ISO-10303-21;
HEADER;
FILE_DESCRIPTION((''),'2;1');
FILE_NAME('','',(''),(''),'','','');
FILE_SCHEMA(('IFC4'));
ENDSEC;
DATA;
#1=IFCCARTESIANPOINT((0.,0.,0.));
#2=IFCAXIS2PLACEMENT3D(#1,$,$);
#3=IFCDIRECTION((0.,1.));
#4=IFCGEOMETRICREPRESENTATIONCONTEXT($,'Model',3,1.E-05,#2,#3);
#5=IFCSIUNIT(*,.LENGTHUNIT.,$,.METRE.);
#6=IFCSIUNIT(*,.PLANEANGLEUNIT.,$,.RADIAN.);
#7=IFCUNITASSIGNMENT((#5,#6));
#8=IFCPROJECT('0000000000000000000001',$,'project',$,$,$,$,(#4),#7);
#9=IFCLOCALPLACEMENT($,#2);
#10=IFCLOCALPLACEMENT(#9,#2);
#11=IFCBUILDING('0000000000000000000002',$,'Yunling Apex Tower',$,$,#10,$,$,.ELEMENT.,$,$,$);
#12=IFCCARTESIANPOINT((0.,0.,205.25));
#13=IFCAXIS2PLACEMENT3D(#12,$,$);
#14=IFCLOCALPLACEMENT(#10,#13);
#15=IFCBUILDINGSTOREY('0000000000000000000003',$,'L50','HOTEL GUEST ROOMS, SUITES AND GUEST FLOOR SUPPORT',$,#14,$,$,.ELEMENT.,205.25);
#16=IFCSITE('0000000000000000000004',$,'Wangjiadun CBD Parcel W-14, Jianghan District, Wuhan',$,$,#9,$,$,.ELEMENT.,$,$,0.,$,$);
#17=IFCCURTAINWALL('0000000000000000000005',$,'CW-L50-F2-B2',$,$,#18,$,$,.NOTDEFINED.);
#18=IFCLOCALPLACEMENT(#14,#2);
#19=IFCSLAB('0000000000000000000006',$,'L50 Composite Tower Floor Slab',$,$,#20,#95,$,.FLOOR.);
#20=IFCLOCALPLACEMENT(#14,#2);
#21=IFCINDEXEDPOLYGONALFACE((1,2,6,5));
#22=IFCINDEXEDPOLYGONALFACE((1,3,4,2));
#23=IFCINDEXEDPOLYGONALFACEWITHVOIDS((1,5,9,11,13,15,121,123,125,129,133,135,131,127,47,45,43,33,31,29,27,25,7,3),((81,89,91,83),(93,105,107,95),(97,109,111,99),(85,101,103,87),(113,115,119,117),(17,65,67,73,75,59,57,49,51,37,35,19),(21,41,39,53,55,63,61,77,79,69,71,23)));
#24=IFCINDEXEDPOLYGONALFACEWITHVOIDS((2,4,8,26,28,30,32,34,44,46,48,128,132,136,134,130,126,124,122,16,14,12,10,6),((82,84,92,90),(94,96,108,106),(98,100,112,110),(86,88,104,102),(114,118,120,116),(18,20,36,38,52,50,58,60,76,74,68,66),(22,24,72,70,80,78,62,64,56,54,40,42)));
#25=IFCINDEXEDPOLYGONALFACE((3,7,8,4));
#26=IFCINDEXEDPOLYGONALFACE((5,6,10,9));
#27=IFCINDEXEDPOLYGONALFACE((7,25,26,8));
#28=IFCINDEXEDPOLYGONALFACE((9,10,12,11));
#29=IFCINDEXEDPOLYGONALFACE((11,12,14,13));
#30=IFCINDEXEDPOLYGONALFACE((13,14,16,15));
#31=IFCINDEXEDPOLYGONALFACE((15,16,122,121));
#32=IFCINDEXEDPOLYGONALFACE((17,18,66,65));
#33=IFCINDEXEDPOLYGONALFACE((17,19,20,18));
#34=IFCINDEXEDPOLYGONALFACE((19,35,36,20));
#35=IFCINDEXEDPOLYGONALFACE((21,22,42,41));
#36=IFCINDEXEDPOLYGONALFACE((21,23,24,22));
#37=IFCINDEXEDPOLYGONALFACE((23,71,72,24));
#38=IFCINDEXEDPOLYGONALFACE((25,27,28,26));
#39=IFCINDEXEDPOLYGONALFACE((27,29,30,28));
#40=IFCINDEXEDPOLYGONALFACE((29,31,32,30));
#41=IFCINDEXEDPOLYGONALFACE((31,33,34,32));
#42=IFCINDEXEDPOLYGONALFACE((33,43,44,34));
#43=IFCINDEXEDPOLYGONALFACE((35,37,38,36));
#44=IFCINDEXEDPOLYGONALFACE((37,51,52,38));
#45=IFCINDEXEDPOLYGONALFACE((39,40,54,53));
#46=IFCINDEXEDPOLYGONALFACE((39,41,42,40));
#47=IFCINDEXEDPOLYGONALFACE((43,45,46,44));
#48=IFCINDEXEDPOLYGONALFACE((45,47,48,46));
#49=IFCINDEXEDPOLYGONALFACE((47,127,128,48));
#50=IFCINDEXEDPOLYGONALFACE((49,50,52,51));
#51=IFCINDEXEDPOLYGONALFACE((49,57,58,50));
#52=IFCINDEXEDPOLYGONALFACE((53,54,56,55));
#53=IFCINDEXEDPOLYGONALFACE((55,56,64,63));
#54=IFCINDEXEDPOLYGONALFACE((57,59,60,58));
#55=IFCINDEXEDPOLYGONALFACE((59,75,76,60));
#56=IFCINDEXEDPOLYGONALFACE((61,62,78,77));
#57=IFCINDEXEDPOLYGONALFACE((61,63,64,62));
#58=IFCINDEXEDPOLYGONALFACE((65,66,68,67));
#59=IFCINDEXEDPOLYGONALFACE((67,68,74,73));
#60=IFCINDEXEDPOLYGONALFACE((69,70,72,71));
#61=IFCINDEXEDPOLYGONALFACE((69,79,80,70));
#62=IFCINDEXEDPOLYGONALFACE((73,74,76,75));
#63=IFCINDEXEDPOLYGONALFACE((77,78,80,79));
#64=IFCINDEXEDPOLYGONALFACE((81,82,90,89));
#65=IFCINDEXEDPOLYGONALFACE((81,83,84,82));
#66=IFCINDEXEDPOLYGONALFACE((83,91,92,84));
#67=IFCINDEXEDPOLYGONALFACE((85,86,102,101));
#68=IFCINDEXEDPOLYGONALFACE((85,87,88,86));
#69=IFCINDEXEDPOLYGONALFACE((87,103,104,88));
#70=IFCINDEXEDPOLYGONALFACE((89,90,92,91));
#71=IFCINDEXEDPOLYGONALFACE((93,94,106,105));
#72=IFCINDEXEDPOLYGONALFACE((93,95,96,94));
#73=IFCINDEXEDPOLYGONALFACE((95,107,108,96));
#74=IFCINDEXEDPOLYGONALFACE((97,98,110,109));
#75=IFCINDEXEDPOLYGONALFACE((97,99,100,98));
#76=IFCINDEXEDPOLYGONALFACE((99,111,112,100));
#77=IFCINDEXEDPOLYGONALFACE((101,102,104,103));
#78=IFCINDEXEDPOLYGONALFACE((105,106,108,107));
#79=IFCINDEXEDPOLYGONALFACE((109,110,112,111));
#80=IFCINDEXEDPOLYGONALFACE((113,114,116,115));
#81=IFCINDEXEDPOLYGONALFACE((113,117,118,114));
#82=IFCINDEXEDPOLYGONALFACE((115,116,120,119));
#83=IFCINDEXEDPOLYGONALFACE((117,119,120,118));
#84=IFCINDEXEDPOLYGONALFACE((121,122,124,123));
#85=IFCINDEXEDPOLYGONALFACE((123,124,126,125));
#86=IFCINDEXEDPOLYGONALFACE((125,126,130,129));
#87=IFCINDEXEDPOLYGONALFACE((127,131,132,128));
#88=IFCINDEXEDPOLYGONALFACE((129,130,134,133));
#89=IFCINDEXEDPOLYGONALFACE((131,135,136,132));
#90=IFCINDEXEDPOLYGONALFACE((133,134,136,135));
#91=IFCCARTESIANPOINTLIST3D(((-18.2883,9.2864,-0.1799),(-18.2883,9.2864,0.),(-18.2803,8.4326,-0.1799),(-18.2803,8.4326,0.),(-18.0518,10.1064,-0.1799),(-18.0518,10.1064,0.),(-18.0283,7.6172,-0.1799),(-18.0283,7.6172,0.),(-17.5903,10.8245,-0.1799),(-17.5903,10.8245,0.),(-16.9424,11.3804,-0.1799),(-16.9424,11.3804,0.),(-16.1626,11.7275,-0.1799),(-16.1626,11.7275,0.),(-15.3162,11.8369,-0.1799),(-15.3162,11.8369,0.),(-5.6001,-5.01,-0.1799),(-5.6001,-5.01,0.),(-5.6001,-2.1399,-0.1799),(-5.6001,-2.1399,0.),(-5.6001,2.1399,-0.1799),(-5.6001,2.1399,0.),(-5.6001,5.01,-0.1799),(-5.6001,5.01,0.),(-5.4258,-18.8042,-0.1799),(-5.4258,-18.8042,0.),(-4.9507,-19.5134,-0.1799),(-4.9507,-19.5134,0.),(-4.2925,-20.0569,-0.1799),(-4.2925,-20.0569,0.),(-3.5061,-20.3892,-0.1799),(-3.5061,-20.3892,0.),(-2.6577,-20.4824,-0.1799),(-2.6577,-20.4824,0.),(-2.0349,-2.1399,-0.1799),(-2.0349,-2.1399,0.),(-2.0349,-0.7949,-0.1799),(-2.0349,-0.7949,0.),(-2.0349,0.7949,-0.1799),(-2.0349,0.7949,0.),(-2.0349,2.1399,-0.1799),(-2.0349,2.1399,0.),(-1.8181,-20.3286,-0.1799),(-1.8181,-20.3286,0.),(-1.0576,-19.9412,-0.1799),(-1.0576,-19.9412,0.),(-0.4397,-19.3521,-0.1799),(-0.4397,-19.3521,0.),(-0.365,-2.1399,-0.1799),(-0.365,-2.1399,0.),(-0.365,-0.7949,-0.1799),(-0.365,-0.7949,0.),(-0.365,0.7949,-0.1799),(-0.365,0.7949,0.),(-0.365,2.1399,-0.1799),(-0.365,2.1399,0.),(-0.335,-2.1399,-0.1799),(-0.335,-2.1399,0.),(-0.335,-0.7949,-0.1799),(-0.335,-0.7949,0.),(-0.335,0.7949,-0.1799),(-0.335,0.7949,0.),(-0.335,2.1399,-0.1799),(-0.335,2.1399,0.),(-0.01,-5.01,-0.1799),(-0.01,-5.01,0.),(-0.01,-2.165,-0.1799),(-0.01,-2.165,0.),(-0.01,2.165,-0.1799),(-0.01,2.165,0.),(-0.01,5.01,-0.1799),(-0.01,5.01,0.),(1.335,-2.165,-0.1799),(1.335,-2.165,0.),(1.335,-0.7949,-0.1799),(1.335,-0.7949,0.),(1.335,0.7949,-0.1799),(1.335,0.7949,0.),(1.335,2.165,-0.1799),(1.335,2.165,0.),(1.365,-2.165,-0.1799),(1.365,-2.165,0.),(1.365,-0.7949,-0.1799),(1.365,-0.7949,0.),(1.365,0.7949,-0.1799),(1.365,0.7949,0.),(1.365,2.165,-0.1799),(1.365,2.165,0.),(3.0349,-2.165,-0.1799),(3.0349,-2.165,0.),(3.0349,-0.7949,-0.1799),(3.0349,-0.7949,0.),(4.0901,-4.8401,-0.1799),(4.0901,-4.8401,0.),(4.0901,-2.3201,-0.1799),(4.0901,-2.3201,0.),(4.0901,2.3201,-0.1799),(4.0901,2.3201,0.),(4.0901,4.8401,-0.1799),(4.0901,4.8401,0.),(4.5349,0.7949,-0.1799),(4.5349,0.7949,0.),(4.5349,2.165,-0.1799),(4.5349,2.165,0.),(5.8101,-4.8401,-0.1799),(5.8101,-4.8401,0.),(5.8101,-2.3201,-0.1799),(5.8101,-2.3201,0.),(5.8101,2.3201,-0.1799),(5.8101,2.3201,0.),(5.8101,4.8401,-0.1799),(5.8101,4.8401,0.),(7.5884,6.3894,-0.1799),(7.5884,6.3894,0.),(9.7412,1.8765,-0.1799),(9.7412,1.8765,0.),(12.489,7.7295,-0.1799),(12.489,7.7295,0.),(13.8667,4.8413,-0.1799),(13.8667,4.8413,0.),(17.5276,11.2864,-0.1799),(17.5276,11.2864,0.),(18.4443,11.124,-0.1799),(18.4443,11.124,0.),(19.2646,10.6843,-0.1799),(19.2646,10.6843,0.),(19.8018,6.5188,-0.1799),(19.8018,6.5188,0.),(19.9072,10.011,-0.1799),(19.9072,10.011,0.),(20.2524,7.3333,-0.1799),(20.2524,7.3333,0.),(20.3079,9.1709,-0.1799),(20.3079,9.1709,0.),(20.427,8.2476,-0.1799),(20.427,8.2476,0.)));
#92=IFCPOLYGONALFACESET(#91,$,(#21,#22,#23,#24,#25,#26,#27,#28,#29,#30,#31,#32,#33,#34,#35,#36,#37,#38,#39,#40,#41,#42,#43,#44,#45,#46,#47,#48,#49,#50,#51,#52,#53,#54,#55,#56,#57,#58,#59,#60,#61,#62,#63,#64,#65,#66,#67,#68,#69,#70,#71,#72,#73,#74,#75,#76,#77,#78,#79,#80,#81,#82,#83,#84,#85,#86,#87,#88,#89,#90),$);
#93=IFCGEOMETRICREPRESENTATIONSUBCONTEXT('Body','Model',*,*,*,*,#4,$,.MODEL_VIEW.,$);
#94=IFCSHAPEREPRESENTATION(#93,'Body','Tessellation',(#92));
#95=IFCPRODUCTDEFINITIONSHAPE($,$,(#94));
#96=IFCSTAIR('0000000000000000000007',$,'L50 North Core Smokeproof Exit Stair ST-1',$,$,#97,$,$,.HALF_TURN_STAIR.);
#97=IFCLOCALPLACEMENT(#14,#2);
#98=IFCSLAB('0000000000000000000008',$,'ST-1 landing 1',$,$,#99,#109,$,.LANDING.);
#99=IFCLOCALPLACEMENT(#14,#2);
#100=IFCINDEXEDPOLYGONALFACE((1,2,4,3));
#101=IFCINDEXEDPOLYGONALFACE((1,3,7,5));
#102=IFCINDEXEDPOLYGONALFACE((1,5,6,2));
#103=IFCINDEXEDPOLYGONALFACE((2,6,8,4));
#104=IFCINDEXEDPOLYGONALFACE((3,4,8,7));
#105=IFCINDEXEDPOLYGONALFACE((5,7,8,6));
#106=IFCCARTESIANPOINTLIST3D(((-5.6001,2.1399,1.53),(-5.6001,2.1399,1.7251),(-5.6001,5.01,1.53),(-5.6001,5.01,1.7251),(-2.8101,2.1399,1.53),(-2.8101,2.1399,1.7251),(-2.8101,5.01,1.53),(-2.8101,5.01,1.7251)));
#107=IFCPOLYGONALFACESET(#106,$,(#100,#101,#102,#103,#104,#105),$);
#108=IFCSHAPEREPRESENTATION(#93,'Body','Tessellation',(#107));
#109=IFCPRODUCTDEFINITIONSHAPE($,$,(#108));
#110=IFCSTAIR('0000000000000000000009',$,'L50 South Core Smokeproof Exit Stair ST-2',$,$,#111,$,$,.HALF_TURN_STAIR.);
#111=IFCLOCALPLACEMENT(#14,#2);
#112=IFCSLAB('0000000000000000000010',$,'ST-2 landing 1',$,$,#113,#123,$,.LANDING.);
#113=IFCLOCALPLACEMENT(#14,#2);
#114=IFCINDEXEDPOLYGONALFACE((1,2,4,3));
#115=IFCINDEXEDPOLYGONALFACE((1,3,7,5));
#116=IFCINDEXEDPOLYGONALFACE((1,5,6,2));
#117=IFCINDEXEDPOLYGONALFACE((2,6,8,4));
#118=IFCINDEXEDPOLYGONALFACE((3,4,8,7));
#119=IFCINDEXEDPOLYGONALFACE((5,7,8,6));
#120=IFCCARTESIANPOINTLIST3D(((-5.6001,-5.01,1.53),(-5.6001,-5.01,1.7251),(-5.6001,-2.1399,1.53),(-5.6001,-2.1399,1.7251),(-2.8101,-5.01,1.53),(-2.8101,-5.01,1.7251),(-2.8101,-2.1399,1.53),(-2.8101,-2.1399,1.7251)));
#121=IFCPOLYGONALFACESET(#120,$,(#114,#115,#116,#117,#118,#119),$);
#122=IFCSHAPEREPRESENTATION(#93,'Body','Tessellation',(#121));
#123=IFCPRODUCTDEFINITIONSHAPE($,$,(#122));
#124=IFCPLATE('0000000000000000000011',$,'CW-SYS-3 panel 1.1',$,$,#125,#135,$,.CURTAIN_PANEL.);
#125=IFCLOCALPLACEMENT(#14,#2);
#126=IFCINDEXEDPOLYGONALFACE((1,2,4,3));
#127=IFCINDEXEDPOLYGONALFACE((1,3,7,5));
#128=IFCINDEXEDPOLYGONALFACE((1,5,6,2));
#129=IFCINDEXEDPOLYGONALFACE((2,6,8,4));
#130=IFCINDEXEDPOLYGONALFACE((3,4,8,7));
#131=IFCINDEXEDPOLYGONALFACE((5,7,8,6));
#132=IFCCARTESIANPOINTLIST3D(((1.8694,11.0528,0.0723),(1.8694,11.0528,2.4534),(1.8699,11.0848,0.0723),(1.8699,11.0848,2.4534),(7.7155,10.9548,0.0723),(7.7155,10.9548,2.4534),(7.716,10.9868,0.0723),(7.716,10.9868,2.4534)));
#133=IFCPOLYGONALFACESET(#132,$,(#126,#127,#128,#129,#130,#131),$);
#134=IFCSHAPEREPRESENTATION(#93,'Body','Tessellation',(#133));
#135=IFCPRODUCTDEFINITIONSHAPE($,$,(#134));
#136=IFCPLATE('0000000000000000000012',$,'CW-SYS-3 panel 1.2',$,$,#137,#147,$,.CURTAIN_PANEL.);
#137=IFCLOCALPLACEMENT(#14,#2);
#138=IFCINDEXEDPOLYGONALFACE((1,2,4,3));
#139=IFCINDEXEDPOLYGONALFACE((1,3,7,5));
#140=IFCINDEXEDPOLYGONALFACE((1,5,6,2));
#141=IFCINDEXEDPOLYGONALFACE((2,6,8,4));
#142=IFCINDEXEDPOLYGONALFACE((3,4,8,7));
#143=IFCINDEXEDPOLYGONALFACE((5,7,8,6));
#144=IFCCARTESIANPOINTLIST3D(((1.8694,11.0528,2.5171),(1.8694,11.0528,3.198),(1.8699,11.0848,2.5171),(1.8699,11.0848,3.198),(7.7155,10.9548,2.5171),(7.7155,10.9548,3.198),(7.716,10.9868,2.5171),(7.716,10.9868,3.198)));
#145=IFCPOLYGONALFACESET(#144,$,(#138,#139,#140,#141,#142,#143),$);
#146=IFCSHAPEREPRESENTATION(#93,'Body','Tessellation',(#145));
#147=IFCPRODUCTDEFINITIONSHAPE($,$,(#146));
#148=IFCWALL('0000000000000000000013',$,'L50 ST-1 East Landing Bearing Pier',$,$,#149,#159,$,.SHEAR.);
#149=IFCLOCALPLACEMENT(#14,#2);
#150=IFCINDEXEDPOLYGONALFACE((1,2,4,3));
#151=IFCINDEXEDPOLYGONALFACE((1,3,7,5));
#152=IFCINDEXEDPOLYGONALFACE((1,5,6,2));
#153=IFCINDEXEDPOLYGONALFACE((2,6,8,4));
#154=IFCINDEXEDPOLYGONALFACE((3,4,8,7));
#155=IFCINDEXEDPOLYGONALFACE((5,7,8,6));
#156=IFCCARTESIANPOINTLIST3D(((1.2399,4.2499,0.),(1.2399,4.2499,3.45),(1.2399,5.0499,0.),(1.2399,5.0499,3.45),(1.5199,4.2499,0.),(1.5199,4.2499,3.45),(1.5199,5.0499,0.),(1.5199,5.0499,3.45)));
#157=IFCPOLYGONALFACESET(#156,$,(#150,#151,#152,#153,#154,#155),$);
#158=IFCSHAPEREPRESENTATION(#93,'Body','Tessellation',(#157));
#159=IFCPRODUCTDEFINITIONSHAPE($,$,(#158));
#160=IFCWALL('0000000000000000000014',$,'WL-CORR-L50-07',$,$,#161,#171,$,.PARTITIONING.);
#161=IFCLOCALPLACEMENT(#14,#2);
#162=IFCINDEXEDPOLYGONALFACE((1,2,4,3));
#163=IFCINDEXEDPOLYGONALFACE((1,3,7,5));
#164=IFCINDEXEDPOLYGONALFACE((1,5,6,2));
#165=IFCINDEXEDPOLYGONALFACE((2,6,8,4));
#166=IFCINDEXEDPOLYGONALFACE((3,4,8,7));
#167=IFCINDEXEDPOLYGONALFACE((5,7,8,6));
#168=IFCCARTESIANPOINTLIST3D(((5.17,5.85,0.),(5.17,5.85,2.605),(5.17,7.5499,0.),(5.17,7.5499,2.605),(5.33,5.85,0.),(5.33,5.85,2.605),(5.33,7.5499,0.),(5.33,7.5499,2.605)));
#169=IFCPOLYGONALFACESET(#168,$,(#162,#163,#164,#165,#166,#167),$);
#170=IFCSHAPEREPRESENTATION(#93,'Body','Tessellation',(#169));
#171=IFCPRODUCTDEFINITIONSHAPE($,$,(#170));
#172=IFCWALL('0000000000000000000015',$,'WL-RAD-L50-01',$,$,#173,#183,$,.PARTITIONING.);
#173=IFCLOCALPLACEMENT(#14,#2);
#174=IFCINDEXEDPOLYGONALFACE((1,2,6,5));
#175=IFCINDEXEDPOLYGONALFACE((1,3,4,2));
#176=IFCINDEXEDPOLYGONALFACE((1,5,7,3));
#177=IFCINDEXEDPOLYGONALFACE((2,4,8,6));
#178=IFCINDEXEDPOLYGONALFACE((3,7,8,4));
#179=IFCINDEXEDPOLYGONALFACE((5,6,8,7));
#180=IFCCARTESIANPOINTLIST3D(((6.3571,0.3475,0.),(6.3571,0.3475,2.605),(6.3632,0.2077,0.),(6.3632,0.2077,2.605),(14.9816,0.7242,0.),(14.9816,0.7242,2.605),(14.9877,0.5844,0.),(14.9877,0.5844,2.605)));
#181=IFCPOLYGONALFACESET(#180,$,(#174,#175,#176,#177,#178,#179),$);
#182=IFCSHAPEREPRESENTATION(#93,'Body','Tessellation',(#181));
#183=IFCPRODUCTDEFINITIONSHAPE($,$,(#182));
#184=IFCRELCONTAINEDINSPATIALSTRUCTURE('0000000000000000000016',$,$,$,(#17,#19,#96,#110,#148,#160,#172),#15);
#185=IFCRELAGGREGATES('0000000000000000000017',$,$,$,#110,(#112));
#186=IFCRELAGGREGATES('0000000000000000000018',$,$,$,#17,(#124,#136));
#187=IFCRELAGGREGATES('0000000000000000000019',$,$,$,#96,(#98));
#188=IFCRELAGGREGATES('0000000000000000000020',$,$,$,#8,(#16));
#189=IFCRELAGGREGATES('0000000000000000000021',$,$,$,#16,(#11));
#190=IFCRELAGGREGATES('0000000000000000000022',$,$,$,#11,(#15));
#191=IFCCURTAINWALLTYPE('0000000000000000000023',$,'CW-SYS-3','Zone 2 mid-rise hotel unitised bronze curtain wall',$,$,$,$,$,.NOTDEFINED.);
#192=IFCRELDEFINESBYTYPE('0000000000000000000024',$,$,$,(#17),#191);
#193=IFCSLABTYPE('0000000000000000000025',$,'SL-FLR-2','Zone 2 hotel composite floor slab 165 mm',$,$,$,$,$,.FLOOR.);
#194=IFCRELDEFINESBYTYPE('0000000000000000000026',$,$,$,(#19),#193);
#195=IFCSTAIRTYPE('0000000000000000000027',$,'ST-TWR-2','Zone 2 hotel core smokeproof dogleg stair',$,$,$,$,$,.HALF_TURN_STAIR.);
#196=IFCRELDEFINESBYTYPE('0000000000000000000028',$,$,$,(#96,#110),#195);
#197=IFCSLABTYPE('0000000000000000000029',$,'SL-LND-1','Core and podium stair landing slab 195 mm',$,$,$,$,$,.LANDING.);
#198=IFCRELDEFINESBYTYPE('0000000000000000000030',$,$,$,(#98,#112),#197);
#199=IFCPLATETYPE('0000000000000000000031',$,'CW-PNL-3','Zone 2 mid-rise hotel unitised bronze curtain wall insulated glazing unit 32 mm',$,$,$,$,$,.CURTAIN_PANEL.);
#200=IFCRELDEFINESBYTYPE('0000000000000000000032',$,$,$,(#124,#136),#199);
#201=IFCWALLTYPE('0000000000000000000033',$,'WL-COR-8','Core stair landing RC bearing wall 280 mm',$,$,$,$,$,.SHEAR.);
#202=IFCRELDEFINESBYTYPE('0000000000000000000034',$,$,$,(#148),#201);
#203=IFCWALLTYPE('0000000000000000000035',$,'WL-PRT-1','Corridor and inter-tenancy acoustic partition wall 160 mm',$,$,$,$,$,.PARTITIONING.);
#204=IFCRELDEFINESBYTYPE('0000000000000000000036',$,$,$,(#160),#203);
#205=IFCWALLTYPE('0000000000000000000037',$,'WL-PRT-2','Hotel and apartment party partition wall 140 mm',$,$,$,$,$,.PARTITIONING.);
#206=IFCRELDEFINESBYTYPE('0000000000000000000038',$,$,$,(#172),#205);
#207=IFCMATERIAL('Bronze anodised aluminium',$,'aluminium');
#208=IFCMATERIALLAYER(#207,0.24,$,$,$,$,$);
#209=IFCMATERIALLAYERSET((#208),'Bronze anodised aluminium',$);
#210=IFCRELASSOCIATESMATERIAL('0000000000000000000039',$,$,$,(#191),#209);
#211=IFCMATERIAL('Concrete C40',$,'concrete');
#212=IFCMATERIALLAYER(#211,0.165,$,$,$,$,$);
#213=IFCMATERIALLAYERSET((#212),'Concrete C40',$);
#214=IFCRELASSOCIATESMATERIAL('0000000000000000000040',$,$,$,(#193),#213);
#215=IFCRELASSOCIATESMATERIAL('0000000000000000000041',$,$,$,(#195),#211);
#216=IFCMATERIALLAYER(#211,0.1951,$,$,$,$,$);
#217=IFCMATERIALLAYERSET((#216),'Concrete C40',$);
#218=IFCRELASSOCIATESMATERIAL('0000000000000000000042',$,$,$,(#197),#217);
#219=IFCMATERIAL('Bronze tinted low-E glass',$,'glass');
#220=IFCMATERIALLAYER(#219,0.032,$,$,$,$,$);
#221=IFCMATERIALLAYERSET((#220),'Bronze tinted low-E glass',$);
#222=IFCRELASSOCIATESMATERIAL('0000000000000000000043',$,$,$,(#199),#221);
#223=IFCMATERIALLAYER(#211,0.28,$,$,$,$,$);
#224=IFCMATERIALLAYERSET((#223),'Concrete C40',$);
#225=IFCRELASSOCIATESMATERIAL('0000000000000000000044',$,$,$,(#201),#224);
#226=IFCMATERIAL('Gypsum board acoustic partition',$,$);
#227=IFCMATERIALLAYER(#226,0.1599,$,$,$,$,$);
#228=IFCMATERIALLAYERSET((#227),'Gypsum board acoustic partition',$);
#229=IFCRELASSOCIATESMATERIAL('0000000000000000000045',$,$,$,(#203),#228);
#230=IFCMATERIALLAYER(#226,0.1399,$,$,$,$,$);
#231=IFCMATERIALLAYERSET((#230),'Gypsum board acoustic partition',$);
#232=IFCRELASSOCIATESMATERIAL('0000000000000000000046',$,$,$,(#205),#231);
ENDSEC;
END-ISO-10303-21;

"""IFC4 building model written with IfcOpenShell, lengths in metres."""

from ifc_helpers import new_model, si_unit, direction, frame, frame_2d, origin, origin_2d, place, context, subcontext, project, spatial, polyline, rectangle, outline, extrude, source, transform, mapped, material, layer, layer_set, type_object, element, aggregate, save


model = new_model("IFC4")

# Units and contexts
model_context = context("Model", 3, precision=1e-05, world=origin(), true_north=direction((0.0, 1.0)))
body_context = subcontext(model_context, "Body", "Model", "MODEL_VIEW")
ifc_project = project(units=[si_unit("LENGTHUNIT", "METRE"), si_unit("PLANEANGLEUNIT", "RADIAN")], contexts=[model_context])

# Site, building, storey
site_placement = place(None, origin())
site = spatial("IfcSite", under=ifc_project, at=site_placement, Name="Wangjiadun CBD Parcel W-14, Jianghan District, Wuhan", CompositionType="ELEMENT", RefElevation=0.0)
building_placement = place(site_placement, origin())
building = spatial("IfcBuilding", under=site, at=building_placement, Name="Yunling Apex Tower", CompositionType="ELEMENT")
storey_placement = place(building_placement, frame((0.0, 0.0, 205.25)))
storey = spatial("IfcBuildingStorey", under=building, at=storey_placement, Name="L50", Description="HOTEL GUEST ROOMS, SUITES AND GUEST FLOOR SUPPORT", CompositionType="ELEMENT", Elevation=205.25)

# Curtain wall
ifc_material_1 = material(Name="Bronze anodised aluminium", Category="aluminium")
ifc_layer_1 = layer(ifc_material_1, 0.24)
ifc_layer_set_1 = layer_set([ifc_layer_1], Name="Bronze anodised aluminium")
curtain_wall_type = type_object("IfcCurtainWallType", Name="CW-SYS-3", Description="Zone 2 mid-rise hotel unitised bronze curtain wall", PredefinedType="NOTDEFINED", material=ifc_layer_set_1)
curtain_wall_1_placement = place(storey_placement, origin())
curtain_wall_1 = element("IfcCurtainWall", 1, at=curtain_wall_1_placement, inside=storey, type_object=curtain_wall_type, Name="CW-L50-F2-B2", PredefinedType="NOTDEFINED")

# Slab
ifc_material_2 = material(Name="Concrete C40", Category="concrete")
ifc_layer_2 = layer(ifc_material_2, 0.165)
ifc_layer_set_2 = layer_set([ifc_layer_2], Name="Concrete C40")
slab_type_1 = type_object("IfcSlabType", Name="SL-FLR-2", Description="Zone 2 hotel composite floor slab 165 mm", PredefinedType="FLOOR", material=ifc_layer_set_2)
slab_1_placement = place(storey_placement, frame((0.0, 0.0, -0.1799)))
element("IfcSlab", 2, at=slab_1_placement, inside=storey, type_object=slab_type_1, Name="L50 Composite Tower Floor Slab", PredefinedType="FLOOR", context=body_context, shape_type="SweptSolid", body=[
    extrude(outline(polyline([(-5.4258, -18.8042), (-4.9507, -19.5134), (-4.2925, -20.0569), (-3.5061, -20.3892), (-2.6577, -20.4824), (-1.8181, -20.3286), (-1.0576, -19.9412), (-0.4397, -19.3521), (19.8018, 6.5188), (20.2524, 7.3333), (20.427, 8.2476), (20.3079, 9.1709), (19.9072, 10.011), (19.2646, 10.6843), (18.4443, 11.124), (17.5276, 11.2864), (-15.3162, 11.8369), (-16.1626, 11.7275), (-16.9424, 11.3804), (-17.5903, 10.8245), (-18.0518, 10.1064), (-18.2883, 9.2864), (-18.2803, 8.4326), (-18.0283, 7.6172), (-5.4258, -18.8042)]), holes=[polyline([(12.489, 7.7295), (13.8667, 4.8413), (9.7412, 1.8765), (7.5884, 6.3894), (12.489, 7.7295)]), polyline([(4.0901, -2.3201), (5.8101, -2.3201), (5.8101, -4.8401), (4.0901, -4.8401), (4.0901, -2.3201)]), polyline([(5.8101, 4.8401), (5.8101, 2.3201), (4.0901, 2.3201), (4.0901, 4.8401), (5.8101, 4.8401)]), polyline([(1.365, 2.165), (4.5349, 2.165), (4.5349, 0.7949), (1.365, 0.7949), (1.365, 2.165)]), polyline([(3.0349, -0.7949), (3.0349, -2.165), (1.365, -2.165), (1.365, -0.7949), (3.0349, -0.7949)]), polyline([(-2.0349, -0.7949), (-0.365, -0.7949), (-0.365, -2.1399), (-0.335, -2.1399), (-0.335, -0.7949), (1.335, -0.7949), (1.335, -2.165), (-0.01, -2.165), (-0.01, -5.01), (-5.6001, -5.01), (-5.6001, -2.1399), (-2.0349, -2.1399), (-2.0349, -0.7949)]), polyline([(-5.6001, 2.1399), (-5.6001, 5.01), (-0.01, 5.01), (-0.01, 2.165), (1.335, 2.165), (1.335, 0.7949), (-0.335, 0.7949), (-0.335, 2.1399), (-0.365, 2.1399), (-0.365, 0.7949), (-2.0349, 0.7949), (-2.0349, 2.1399), (-5.6001, 2.1399)])]), origin(), (0.0, 0.0, 1.0), 0.1799),
])

# Stairs, slabs
stair_type = type_object("IfcStairType", Name="ST-TWR-2", Description="Zone 2 hotel core smokeproof dogleg stair", PredefinedType="HALF_TURN_STAIR", material=ifc_material_2)
stair_1_placement = place(storey_placement, origin())
stair_1 = element("IfcStair", 3, at=stair_1_placement, inside=storey, type_object=stair_type, Name="L50 North Core Smokeproof Exit Stair ST-1", PredefinedType="HALF_TURN_STAIR")
ifc_layer_3 = layer(ifc_material_2, 0.1951)
ifc_layer_set_3 = layer_set([ifc_layer_3], Name="Concrete C40")
slab_type_2 = type_object("IfcSlabType", Name="SL-LND-1", Description="Core and podium stair landing slab 195 mm", PredefinedType="LANDING", material=ifc_layer_set_3)
slab_2_placement = place(storey_placement, frame((0.0, 0.0, 1.53)))
slab_2 = element("IfcSlab", 4, at=slab_2_placement, type_object=slab_type_2, Name="ST-1 landing 1", PredefinedType="LANDING", context=body_context, shape_type="SweptSolid", body=[
    extrude(outline(polyline([(-2.8101, 5.01), (-5.6001, 5.01), (-5.6001, 2.1399), (-2.8101, 2.1399), (-2.8101, 5.01)])), origin(), (0.0, 0.0, 1.0), 0.1951),
])
stair_2_placement = place(storey_placement, origin())
stair_2 = element("IfcStair", 5, at=stair_2_placement, inside=storey, type_object=stair_type, Name="L50 South Core Smokeproof Exit Stair ST-2", PredefinedType="HALF_TURN_STAIR")
slab_3_placement = place(storey_placement, frame((0.0, 0.0, 1.53)))
slab_3 = element("IfcSlab", 6, at=slab_3_placement, type_object=slab_type_2, Name="ST-2 landing 1", PredefinedType="LANDING", context=body_context, shape_type="SweptSolid", body=[
    extrude(outline(polyline([(-2.8101, -2.1399), (-5.6001, -2.1399), (-5.6001, -5.01), (-2.8101, -5.01), (-2.8101, -2.1399)])), origin(), (0.0, 0.0, 1.0), 0.1951),
])
aggregate(stair_2, [slab_3])

# Plates
ifc_material_3 = material(Name="Bronze tinted low-E glass", Category="glass")
ifc_layer_4 = layer(ifc_material_3, 0.032)
ifc_layer_set_4 = layer_set([ifc_layer_4], Name="Bronze tinted low-E glass")
plate_type = type_object("IfcPlateType", Name="CW-PNL-3", Description="Zone 2 mid-rise hotel unitised bronze curtain wall insulated glazing unit 32 mm", PredefinedType="CURTAIN_PANEL", material=ifc_layer_set_4)
shared_shape_1 = source(origin(), body_context, "Body", "SweptSolid", [
    extrude(rectangle(XDim=5.8469, YDim=0.032, at=origin_2d()), origin(), (0.0, 0.0, 1.0), 2.3811),
])
plate_1_placement = place(storey_placement, frame((4.7927, 11.0198, 0.0723), z_axis=(0.0, 0.0, 1.0), x_axis=(-0.99986, 0.016759, 0.0)))
plate_1 = element("IfcPlate", 7, at=plate_1_placement, type_object=plate_type, Name="CW-SYS-3 panel 1.1", PredefinedType="CURTAIN_PANEL", context=body_context, shape_type="MappedRepresentation", body=[
    mapped(shared_shape_1, transform((0.0, 0.0, 0.0), scale=1.0)),
])
shared_shape_2 = source(origin(), body_context, "Body", "SweptSolid", [
    extrude(rectangle(XDim=5.8469, YDim=0.032, at=origin_2d()), origin(), (0.0, 0.0, 1.0), 0.6809),
])
plate_2_placement = place(storey_placement, frame((4.7927, 11.0198, 2.5171), z_axis=(0.0, 0.0, 1.0), x_axis=(-0.99986, 0.016759, 0.0)))
plate_2 = element("IfcPlate", 8, at=plate_2_placement, type_object=plate_type, Name="CW-SYS-3 panel 1.2", PredefinedType="CURTAIN_PANEL", context=body_context, shape_type="MappedRepresentation", body=[
    mapped(shared_shape_2, transform((0.0, 0.0, 0.0), scale=1.0)),
])
aggregate(curtain_wall_1, [plate_1, plate_2])

# Walls
ifc_layer_5 = layer(ifc_material_2, 0.28)
ifc_layer_set_5 = layer_set([ifc_layer_5], Name="Concrete C40")
wall_type_1 = type_object("IfcWallType", Name="WL-COR-8", Description="Core stair landing RC bearing wall 280 mm", PredefinedType="SHEAR", material=ifc_layer_set_5)
wall_1_placement = place(storey_placement, frame((1.3799, 4.25, 0.0), z_axis=(0.0, 0.0, 1.0), x_axis=(0.0, 1.0, 0.0)))
element("IfcWall", 9, at=wall_1_placement, inside=storey, type_object=wall_type_1, Name="L50 ST-1 East Landing Bearing Pier", PredefinedType="SHEAR", context=body_context, shape_type="SweptSolid", body=[
    extrude(rectangle(XDim=0.8, YDim=0.28, at=frame_2d((0.3999, 0.0))), origin(), (0.0, 0.0, 1.0), 3.45),
])
ifc_material_4 = material(Name="Gypsum board acoustic partition")
ifc_layer_6 = layer(ifc_material_4, 0.1599)
ifc_layer_set_6 = layer_set([ifc_layer_6], Name="Gypsum board acoustic partition")
wall_type_2 = type_object("IfcWallType", Name="WL-PRT-1", Description="Corridor and inter-tenancy acoustic partition wall 160 mm", PredefinedType="PARTITIONING", material=ifc_layer_set_6)
wall_2_placement = place(storey_placement, frame((5.25, 7.55, 0.0), z_axis=(0.0, 0.0, 1.0), x_axis=(0.0, -1.0, 0.0)))
element("IfcWall", 10, at=wall_2_placement, inside=storey, type_object=wall_type_2, Name="WL-CORR-L50-07", PredefinedType="PARTITIONING", context=body_context, shape_type="SweptSolid", body=[
    extrude(rectangle(XDim=1.7, YDim=0.1599, at=frame_2d((0.8501, 0.0))), origin(), (0.0, 0.0, 1.0), 2.605),
])
ifc_layer_7 = layer(ifc_material_4, 0.1399)
ifc_layer_set_7 = layer_set([ifc_layer_7], Name="Gypsum board acoustic partition")
wall_type_3 = type_object("IfcWallType", Name="WL-PRT-2", Description="Hotel and apartment party partition wall 140 mm", PredefinedType="PARTITIONING", material=ifc_layer_set_7)
wall_3_placement = place(storey_placement, frame((6.3601, 0.2776, 0.0), z_axis=(0.0, 0.0, 1.0), x_axis=(0.999047, 0.043637, 0.0)))
element("IfcWall", 11, at=wall_3_placement, inside=storey, type_object=wall_type_3, Name="WL-RAD-L50-01", PredefinedType="PARTITIONING", context=body_context, shape_type="SweptSolid", body=[
    extrude(rectangle(XDim=8.6328, YDim=0.1399, at=frame_2d((4.3164, 0.0))), origin(), (0.0, 0.0, 1.0), 2.605),
])

aggregate(stair_1, [slab_2])

save(model, "model.ifc")
